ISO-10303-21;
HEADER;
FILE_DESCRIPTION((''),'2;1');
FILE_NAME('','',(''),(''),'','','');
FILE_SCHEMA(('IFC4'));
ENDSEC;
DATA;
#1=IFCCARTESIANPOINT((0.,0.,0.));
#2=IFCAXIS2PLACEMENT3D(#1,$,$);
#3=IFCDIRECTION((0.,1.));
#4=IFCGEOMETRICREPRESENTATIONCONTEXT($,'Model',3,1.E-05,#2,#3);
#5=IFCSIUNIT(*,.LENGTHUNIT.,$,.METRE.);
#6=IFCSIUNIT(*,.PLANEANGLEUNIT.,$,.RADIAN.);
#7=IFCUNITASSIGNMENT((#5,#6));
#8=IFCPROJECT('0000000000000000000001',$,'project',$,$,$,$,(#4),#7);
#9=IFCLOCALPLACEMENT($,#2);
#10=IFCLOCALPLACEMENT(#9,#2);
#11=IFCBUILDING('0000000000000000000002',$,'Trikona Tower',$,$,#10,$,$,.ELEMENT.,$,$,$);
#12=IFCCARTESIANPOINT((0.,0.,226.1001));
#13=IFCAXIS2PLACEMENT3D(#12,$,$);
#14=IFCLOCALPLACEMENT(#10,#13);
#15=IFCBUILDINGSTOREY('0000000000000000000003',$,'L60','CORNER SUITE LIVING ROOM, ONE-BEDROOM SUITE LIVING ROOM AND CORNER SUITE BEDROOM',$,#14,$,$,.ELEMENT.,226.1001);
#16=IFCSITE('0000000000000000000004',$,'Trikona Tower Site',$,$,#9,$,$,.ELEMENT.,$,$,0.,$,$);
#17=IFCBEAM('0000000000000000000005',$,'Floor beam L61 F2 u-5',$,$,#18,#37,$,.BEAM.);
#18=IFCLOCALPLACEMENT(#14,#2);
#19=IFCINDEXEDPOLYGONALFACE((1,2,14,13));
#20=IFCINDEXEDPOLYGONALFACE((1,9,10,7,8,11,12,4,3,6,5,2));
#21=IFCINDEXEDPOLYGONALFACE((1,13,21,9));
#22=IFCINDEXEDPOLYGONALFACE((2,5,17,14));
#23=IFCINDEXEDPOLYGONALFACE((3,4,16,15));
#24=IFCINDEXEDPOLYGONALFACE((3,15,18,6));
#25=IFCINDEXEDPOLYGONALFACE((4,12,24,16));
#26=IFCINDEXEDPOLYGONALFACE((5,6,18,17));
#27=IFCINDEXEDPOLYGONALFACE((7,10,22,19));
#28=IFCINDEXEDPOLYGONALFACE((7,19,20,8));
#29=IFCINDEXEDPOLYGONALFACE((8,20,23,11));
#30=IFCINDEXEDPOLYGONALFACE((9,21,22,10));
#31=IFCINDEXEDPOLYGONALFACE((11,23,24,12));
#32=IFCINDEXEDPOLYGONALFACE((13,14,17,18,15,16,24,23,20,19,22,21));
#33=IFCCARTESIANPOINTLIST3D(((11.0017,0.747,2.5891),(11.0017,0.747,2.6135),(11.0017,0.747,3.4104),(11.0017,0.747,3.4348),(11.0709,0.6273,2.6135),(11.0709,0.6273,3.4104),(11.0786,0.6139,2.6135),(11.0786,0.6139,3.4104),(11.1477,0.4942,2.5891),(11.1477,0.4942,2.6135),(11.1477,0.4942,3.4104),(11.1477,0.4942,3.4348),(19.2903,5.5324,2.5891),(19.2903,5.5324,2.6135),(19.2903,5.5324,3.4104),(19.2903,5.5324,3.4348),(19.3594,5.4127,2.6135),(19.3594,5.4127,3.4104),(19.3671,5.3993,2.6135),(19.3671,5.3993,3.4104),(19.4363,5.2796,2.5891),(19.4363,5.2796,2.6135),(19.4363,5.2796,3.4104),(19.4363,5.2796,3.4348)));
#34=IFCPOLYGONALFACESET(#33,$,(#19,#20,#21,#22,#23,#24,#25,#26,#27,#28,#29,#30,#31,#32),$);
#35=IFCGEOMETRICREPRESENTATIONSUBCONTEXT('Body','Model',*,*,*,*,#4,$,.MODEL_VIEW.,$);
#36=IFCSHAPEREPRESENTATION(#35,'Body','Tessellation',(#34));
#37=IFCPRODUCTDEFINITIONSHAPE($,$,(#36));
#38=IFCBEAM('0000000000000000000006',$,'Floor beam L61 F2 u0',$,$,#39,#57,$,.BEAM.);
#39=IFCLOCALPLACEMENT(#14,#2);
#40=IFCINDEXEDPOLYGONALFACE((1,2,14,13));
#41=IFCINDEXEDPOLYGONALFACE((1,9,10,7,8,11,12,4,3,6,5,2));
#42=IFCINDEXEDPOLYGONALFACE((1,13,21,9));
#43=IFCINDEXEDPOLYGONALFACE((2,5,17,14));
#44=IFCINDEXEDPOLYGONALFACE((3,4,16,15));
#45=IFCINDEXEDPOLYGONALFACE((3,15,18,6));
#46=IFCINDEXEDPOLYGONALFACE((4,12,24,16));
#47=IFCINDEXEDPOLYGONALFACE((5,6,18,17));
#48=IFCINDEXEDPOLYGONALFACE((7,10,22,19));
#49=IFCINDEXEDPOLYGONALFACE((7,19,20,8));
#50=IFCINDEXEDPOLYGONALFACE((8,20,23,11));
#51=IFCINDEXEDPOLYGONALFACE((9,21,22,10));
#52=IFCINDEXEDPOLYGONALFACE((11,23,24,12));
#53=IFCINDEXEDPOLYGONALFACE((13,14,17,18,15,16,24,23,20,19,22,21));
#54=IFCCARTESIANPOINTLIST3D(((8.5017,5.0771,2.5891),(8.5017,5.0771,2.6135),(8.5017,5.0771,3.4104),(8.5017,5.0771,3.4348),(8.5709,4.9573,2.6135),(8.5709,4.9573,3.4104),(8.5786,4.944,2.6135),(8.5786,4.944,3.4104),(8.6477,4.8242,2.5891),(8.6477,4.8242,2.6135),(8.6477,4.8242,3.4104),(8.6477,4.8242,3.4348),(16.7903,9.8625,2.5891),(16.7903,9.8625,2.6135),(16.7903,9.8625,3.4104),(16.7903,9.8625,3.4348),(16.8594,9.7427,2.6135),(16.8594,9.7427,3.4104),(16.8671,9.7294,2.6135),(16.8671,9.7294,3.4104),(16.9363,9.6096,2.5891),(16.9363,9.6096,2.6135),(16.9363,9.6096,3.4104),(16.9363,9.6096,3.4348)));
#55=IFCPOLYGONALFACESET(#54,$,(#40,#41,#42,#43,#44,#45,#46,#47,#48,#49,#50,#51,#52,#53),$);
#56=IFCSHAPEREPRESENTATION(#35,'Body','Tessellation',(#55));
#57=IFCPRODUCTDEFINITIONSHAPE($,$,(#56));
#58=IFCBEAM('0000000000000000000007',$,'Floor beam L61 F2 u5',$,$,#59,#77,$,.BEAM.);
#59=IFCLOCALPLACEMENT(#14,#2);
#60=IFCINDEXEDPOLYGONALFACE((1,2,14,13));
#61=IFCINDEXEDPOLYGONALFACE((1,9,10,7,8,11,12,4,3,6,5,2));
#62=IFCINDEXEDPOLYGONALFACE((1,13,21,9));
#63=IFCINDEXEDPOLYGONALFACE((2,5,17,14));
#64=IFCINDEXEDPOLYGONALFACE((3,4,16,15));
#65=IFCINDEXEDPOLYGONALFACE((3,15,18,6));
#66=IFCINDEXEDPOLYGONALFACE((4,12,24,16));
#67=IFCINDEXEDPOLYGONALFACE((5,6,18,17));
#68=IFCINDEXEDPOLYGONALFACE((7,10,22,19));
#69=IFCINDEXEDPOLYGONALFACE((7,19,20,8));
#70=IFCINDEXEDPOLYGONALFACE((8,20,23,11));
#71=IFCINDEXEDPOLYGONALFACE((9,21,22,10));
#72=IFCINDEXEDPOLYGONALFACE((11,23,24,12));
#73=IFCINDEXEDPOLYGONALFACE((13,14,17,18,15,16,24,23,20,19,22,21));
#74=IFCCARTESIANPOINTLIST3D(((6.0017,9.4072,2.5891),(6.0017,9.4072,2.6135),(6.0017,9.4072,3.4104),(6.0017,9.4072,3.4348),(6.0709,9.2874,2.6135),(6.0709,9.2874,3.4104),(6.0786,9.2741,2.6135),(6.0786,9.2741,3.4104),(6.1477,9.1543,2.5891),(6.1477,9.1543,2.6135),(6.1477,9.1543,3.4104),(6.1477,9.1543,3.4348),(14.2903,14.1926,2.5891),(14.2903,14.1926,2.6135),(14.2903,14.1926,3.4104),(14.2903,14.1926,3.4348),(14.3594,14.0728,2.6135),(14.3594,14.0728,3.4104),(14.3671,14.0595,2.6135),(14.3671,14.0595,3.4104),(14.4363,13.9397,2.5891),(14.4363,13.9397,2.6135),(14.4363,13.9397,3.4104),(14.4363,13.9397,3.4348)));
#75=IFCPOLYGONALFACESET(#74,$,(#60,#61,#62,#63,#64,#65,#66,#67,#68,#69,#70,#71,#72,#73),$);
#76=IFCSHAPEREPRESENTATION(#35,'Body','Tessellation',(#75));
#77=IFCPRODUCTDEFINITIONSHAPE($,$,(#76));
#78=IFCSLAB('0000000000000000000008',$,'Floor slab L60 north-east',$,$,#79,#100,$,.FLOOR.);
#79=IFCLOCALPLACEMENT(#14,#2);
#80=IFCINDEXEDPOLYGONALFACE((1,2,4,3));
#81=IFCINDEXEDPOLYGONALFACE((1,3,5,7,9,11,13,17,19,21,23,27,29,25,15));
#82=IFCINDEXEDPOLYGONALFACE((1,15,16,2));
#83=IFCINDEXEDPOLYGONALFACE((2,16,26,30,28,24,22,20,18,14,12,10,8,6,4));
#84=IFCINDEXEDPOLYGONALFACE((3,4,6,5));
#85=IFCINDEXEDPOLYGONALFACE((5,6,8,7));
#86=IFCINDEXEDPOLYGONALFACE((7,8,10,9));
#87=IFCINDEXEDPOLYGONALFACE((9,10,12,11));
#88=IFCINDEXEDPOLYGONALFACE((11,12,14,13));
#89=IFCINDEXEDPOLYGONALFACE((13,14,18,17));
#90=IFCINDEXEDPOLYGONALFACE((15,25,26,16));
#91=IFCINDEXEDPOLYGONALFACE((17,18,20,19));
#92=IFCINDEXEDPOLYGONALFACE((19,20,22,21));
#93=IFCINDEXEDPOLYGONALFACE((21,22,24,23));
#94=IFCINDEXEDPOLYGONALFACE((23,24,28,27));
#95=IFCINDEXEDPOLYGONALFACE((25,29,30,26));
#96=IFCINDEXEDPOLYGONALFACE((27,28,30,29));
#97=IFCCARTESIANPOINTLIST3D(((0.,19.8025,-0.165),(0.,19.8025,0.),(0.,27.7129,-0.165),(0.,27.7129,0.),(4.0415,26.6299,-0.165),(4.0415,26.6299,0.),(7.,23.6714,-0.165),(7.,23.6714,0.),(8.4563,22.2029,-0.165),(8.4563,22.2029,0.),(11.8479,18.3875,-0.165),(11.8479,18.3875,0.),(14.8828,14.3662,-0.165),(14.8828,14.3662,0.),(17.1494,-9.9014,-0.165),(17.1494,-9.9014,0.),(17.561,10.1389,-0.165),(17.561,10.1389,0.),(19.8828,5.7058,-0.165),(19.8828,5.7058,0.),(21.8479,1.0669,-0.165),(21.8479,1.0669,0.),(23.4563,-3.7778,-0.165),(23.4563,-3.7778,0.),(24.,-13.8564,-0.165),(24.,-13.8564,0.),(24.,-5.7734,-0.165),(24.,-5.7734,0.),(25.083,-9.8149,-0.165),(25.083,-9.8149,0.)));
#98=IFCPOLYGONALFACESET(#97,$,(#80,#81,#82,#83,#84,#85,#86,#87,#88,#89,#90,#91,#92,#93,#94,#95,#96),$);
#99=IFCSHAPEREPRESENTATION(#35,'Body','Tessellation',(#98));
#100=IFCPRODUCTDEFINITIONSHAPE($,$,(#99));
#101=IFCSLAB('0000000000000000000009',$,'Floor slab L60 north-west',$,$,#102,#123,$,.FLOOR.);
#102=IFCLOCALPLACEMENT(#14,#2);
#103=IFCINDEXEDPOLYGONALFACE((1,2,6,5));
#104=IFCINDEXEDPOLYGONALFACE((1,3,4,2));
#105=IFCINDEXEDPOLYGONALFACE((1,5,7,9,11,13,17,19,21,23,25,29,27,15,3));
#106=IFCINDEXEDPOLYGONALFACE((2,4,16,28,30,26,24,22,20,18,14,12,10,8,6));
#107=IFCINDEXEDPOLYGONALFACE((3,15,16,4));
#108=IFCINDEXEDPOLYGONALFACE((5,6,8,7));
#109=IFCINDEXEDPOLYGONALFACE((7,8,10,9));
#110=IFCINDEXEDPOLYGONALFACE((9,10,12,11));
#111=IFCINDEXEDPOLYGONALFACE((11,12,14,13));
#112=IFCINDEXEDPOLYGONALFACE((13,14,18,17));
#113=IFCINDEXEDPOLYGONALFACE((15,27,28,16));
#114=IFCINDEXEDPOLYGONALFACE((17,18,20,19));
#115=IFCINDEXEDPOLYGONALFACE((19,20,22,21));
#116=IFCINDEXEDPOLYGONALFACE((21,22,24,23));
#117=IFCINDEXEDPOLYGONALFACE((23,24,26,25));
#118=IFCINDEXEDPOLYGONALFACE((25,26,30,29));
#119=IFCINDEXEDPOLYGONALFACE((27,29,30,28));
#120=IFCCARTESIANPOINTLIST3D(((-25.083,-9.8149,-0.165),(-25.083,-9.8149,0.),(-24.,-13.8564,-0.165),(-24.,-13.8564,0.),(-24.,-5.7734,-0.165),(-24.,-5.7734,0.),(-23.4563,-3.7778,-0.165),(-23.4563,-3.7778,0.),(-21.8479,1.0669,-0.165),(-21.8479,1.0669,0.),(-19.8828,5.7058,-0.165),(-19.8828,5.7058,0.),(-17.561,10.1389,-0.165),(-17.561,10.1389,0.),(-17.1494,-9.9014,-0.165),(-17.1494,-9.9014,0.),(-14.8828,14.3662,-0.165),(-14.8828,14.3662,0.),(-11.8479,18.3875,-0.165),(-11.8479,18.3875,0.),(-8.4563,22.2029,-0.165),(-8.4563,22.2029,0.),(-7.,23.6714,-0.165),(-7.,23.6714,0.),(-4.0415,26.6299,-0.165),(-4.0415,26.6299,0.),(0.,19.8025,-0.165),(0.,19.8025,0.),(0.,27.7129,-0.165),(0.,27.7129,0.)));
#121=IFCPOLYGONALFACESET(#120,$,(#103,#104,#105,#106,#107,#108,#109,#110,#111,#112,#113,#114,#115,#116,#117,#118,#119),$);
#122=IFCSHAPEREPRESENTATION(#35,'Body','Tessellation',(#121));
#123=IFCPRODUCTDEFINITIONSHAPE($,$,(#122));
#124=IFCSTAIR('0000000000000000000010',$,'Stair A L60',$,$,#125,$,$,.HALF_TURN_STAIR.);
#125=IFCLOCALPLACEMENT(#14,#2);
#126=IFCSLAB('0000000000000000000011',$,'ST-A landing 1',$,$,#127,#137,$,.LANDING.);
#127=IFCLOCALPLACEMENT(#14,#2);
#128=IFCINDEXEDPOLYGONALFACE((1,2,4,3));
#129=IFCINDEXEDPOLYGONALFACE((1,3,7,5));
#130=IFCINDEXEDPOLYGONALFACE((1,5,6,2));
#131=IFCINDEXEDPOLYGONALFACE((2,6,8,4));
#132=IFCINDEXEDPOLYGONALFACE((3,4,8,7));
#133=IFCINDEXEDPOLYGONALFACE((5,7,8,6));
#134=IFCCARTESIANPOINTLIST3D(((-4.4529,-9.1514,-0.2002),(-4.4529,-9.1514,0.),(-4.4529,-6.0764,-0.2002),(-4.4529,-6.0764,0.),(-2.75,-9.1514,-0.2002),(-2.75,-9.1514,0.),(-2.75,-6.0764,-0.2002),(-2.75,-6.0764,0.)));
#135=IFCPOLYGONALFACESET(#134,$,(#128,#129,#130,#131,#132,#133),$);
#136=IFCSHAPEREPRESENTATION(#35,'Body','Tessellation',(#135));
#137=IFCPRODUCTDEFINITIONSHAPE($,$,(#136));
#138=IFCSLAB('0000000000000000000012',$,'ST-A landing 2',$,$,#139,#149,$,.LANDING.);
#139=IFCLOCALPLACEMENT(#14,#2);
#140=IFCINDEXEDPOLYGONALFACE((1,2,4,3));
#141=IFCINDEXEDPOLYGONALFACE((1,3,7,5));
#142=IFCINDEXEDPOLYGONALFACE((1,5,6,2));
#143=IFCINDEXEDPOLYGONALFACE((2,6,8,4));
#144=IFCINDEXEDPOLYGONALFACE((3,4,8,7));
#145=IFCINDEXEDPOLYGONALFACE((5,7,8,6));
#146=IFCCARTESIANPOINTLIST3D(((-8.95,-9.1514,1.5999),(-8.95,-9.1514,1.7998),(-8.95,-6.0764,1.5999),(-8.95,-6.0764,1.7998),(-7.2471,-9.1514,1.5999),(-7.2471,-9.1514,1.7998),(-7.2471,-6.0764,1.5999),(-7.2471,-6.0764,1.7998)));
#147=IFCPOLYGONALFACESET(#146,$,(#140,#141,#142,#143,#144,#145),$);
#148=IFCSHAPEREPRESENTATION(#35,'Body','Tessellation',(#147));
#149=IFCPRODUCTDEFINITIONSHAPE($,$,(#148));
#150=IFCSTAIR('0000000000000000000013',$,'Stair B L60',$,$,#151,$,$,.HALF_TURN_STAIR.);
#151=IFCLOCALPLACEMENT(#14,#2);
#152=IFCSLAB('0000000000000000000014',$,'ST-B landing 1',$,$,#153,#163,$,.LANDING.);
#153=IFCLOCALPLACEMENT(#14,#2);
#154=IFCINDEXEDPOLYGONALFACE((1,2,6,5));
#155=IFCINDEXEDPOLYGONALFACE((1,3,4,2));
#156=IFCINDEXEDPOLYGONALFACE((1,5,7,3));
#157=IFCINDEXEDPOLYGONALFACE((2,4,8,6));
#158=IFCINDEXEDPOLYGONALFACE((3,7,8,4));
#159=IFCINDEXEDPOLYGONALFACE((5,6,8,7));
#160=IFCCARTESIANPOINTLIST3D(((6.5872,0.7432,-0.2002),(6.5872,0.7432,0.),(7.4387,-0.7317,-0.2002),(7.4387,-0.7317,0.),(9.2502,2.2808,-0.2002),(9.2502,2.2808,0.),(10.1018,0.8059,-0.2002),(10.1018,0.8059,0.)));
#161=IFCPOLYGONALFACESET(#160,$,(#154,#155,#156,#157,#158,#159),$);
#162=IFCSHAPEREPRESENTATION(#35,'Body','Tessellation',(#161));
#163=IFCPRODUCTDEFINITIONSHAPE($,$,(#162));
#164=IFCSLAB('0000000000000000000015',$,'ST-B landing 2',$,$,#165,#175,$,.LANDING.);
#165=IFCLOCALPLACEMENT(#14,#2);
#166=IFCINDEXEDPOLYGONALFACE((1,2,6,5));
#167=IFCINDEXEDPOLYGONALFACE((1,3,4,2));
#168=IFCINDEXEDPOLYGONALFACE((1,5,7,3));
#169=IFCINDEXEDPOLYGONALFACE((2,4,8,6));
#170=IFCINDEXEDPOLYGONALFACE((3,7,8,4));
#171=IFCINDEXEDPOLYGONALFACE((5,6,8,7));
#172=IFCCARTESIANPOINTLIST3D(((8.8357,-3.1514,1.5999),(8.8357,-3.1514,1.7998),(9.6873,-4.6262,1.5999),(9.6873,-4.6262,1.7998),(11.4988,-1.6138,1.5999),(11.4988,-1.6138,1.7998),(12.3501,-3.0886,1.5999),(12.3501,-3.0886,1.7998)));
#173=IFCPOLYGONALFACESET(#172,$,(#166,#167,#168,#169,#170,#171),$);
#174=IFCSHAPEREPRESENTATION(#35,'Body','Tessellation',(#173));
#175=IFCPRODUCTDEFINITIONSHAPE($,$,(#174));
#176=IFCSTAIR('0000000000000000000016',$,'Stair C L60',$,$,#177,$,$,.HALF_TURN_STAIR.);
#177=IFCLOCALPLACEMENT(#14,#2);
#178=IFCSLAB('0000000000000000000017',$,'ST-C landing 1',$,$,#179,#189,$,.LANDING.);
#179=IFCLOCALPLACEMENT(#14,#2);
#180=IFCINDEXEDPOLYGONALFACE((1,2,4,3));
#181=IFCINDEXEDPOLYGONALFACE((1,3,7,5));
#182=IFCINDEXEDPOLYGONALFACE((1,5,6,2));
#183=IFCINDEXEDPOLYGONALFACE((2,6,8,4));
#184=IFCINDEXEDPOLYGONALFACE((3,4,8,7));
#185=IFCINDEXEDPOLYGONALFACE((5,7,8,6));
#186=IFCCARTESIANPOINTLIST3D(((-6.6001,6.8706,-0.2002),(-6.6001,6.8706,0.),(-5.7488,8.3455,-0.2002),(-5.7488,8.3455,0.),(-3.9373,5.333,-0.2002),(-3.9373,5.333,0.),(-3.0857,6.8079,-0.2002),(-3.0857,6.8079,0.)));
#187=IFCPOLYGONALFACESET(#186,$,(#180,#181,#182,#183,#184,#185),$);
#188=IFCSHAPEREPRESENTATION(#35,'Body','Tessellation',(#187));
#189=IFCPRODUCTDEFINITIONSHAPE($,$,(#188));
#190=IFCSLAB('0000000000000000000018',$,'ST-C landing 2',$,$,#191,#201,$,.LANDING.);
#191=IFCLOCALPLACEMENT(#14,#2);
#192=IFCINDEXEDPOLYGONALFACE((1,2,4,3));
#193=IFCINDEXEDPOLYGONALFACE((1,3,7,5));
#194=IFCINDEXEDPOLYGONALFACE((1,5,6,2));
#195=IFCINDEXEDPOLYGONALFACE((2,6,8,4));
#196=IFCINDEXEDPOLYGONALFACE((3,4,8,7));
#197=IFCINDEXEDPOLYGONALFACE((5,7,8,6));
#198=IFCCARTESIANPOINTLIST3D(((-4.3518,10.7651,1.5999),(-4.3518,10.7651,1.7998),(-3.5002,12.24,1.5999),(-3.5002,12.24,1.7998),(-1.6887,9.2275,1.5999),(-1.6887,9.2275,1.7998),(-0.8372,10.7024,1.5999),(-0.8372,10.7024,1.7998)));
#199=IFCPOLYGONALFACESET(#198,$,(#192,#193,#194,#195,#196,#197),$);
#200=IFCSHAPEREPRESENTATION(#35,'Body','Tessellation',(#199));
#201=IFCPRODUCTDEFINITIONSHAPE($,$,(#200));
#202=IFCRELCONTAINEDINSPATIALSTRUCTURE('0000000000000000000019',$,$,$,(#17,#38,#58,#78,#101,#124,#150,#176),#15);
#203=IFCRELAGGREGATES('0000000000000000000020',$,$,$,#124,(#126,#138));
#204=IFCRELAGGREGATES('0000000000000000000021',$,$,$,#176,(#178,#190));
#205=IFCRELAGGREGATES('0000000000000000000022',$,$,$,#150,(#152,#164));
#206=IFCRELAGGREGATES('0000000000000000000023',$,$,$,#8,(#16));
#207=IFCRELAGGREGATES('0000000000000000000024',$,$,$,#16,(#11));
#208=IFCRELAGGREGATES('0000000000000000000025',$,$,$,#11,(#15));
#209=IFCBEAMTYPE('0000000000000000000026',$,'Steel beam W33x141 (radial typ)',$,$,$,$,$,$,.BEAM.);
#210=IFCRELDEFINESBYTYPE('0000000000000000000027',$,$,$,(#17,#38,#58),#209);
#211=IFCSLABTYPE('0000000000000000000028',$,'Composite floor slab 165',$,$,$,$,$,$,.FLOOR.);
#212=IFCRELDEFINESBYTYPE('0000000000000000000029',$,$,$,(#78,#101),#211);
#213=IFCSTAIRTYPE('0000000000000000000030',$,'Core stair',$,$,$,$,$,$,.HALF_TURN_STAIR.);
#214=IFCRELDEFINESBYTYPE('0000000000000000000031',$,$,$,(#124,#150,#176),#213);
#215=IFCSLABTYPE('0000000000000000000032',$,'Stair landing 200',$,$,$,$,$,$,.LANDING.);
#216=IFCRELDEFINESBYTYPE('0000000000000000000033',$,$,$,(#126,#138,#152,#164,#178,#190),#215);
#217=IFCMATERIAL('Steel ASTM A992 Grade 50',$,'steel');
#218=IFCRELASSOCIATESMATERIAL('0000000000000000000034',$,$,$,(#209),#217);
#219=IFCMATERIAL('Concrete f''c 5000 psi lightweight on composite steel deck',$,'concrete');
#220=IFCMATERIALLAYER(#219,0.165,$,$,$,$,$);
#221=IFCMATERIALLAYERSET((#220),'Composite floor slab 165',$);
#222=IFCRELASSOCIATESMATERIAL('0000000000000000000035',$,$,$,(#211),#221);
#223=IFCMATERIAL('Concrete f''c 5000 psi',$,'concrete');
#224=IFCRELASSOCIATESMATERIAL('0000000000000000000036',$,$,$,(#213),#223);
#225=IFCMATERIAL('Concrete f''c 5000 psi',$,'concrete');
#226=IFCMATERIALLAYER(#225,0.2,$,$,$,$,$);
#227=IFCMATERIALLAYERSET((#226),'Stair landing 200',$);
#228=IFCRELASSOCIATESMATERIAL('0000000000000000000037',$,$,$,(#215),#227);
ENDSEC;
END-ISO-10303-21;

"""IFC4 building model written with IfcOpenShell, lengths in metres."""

from ifc_helpers import new_model, si_unit, direction, frame, origin, origin_2d, place, context, subcontext, project, spatial, polyline, i_section, outline, extrude, material, layer, layer_set, material_profile, profile_set, type_object, element, aggregate, save


model = new_model("IFC4")

# Units and contexts
model_context = context("Model", 3, precision=1e-05, world=origin(), true_north=direction((0.0, 1.0)))
body_context = subcontext(model_context, "Body", "Model", "MODEL_VIEW")
ifc_project = project(units=[si_unit("LENGTHUNIT", "METRE"), si_unit("PLANEANGLEUNIT", "RADIAN")], contexts=[model_context])

# Site, building, storey
site_placement = place(None, origin())
site = spatial("IfcSite", under=ifc_project, at=site_placement, Name="Trikona Tower Site", CompositionType="ELEMENT", RefElevation=0.0)
building_placement = place(site_placement, origin())
building = spatial("IfcBuilding", under=site, at=building_placement, Name="Trikona Tower", CompositionType="ELEMENT")
storey_placement = place(building_placement, frame((0.0, 0.0, 226.1001)))
storey = spatial("IfcBuildingStorey", under=building, at=storey_placement, Name="L60", Description="CORNER SUITE LIVING ROOM, ONE-BEDROOM SUITE LIVING ROOM AND CORNER SUITE BEDROOM", CompositionType="ELEMENT", Elevation=226.1001)

# Beams
ifc_material_1 = material(Name="Steel ASTM A992 Grade 50", Category="steel")
ifc_material_profile = material_profile(ifc_material_1, i_section(OverallWidth=0.292, OverallDepth=0.8457, WebThickness=0.0154, FlangeThickness=0.0244, at=origin_2d()), Name="W33X141")
ifc_profile_set = profile_set([ifc_material_profile], Name="Steel ASTM A992 Grade 50")
beam_type = type_object("IfcBeamType", Name="Steel beam W33x141 (radial typ)", PredefinedType="BEAM", material=ifc_profile_set)
for number, where, z_axis, x_axis, name in (
    (1, (11.0747, 0.6206, 3.012), (0.866026, 0.499999, 0.0), (-0.499999, 0.866026, 0.0), "Floor beam L61 F2 u-5"),
    (2, (8.5747, 4.9507, 3.012), (0.866026, 0.499999, 0.0), (-0.499999, 0.866026, 0.0), "Floor beam L61 F2 u0"),
    (3, (6.0747, 9.2808, 3.012), (0.866026, 0.499999, 0.0), (-0.499999, 0.866026, 0.0), "Floor beam L61 F2 u5"),
):
    element("IfcBeam", number, at=place(storey_placement, frame(where, z_axis=z_axis, x_axis=x_axis)), inside=storey, type_object=beam_type, Name=name, PredefinedType="BEAM", context=body_context, shape_type="SweptSolid", body=[
        extrude(i_section(OverallWidth=0.292, OverallDepth=0.8457, WebThickness=0.0154, FlangeThickness=0.0244, at=origin_2d()), origin(), (0.0, 0.0, 1.0), 9.5708),
    ])

# Slabs
ifc_material_2 = material(Name="Concrete f'c 5000 psi lightweight on composite steel deck", Category="concrete")
ifc_layer_1 = layer(ifc_material_2, 0.165)
ifc_layer_set_1 = layer_set([ifc_layer_1], Name="Composite floor slab 165")
slab_type_1 = type_object("IfcSlabType", Name="Composite floor slab 165", PredefinedType="FLOOR", material=ifc_layer_set_1)
slab_1_placement = place(storey_placement, frame((0.0, 0.0, -0.165)))
element("IfcSlab", 4, at=slab_1_placement, inside=storey, type_object=slab_type_1, Name="Floor slab L60 north-east", PredefinedType="FLOOR", context=body_context, shape_type="SweptSolid", body=[
    extrude(outline(polyline([(4.0415, 26.6299), (0.0, 27.7129), (0.0, 19.8025), (17.1494, -9.9014), (24.0, -13.8564), (25.083, -9.8149), (24.0, -5.7734), (23.4563, -3.7778), (21.8479, 1.0669), (19.8828, 5.7058), (17.561, 10.1389), (14.8828, 14.3662), (11.8479, 18.3875), (8.4563, 22.2029), (7.0, 23.6714), (4.0415, 26.6299)])), origin(), (0.0, 0.0, 1.0), 0.165),
])
slab_2_placement = place(storey_placement, frame((0.0, 0.0, -0.165)))
element("IfcSlab", 5, at=slab_2_placement, inside=storey, type_object=slab_type_1, Name="Floor slab L60 north-west", PredefinedType="FLOOR", context=body_context, shape_type="SweptSolid", body=[
    extrude(outline(polyline([(-7.0, 23.6714), (-8.4563, 22.2029), (-11.8479, 18.3875), (-14.8828, 14.3662), (-17.561, 10.1389), (-19.8828, 5.7058), (-21.8479, 1.0669), (-23.4563, -3.7778), (-24.0, -5.7734), (-25.083, -9.8149), (-24.0, -13.8564), (-17.1494, -9.9014), (0.0, 19.8025), (0.0, 27.7129), (-4.0415, 26.6299), (-7.0, 23.6714)])), origin(), (0.0, 0.0, 1.0), 0.165),
])

# Stairs, slabs
ifc_material_3 = material(Name="Concrete f'c 5000 psi", Category="concrete")
stair_type = type_object("IfcStairType", Name="Core stair", PredefinedType="HALF_TURN_STAIR", material=ifc_material_3)
stair_1_placement = place(storey_placement, origin())
stair_1 = element("IfcStair", 6, at=stair_1_placement, inside=storey, type_object=stair_type, Name="Stair A L60", PredefinedType="HALF_TURN_STAIR")
ifc_material_4 = material(Name="Concrete f'c 5000 psi", Category="concrete")
ifc_layer_2 = layer(ifc_material_4, 0.2)
ifc_layer_set_2 = layer_set([ifc_layer_2], Name="Stair landing 200")
slab_type_2 = type_object("IfcSlabType", Name="Stair landing 200", PredefinedType="LANDING", material=ifc_layer_set_2)
slab_3_placement = place(storey_placement, frame((0.0, 0.0, -0.2002)))
slab_3 = element("IfcSlab", 7, at=slab_3_placement, type_object=slab_type_2, Name="ST-A landing 1", PredefinedType="LANDING", context=body_context, shape_type="SweptSolid", body=[
    extrude(outline(polyline([(-4.4529, -6.0764), (-2.75, -6.0764), (-2.75, -9.1514), (-4.4529, -9.1514), (-4.4529, -6.0764)])), origin(), (0.0, 0.0, 1.0), 0.2002),
])
slab_4_placement = place(storey_placement, frame((0.0, 0.0, 1.5999)))
slab_4 = element("IfcSlab", 8, at=slab_4_placement, type_object=slab_type_2, Name="ST-A landing 2", PredefinedType="LANDING", context=body_context, shape_type="SweptSolid", body=[
    extrude(outline(polyline([(-8.95, -6.0764), (-7.2471, -6.0764), (-7.2471, -9.1514), (-8.95, -9.1514), (-8.95, -6.0764)])), origin(), (0.0, 0.0, 1.0), 0.2),
])
aggregate(stair_1, [slab_3, slab_4])
stair_2_placement = place(storey_placement, origin())
stair_2 = element("IfcStair", 9, at=stair_2_placement, inside=storey, type_object=stair_type, Name="Stair B L60", PredefinedType="HALF_TURN_STAIR")
slab_5_placement = place(storey_placement, frame((0.0, 0.0, -0.2002)))
slab_5 = element("IfcSlab", 10, at=slab_5_placement, type_object=slab_type_2, Name="ST-B landing 1", PredefinedType="LANDING", context=body_context, shape_type="SweptSolid", body=[
    extrude(outline(polyline([(7.4387, -0.7317), (6.5872, 0.7432), (9.2502, 2.2808), (10.1018, 0.8059), (7.4387, -0.7317)])), origin(), (0.0, 0.0, 1.0), 0.2002),
])
slab_6_placement = place(storey_placement, frame((0.0, 0.0, 1.5999)))
slab_6 = element("IfcSlab", 11, at=slab_6_placement, type_object=slab_type_2, Name="ST-B landing 2", PredefinedType="LANDING", context=body_context, shape_type="SweptSolid", body=[
    extrude(outline(polyline([(9.6873, -4.6262), (8.8357, -3.1514), (11.4988, -1.6138), (12.3501, -3.0886), (9.6873, -4.6262)])), origin(), (0.0, 0.0, 1.0), 0.2),
])
stair_3_placement = place(storey_placement, origin())
stair_3 = element("IfcStair", 12, at=stair_3_placement, inside=storey, type_object=stair_type, Name="Stair C L60", PredefinedType="HALF_TURN_STAIR")
slab_7_placement = place(storey_placement, frame((0.0, 0.0, -0.2002)))
slab_7 = element("IfcSlab", 13, at=slab_7_placement, type_object=slab_type_2, Name="ST-C landing 1", PredefinedType="LANDING", context=body_context, shape_type="SweptSolid", body=[
    extrude(outline(polyline([(-3.0857, 6.8079), (-3.9373, 5.333), (-6.6001, 6.8706), (-5.7488, 8.3455), (-3.0857, 6.8079)])), origin(), (0.0, 0.0, 1.0), 0.2002),
])
slab_8_placement = place(storey_placement, frame((0.0, 0.0, 1.5999)))
slab_8 = element("IfcSlab", 14, at=slab_8_placement, type_object=slab_type_2, Name="ST-C landing 2", PredefinedType="LANDING", context=body_context, shape_type="SweptSolid", body=[
    extrude(outline(polyline([(-0.8372, 10.7024), (-1.6887, 9.2275), (-4.3518, 10.7651), (-3.5002, 12.24), (-0.8372, 10.7024)])), origin(), (0.0, 0.0, 1.0), 0.2),
])
aggregate(stair_3, [slab_7, slab_8])

aggregate(stair_2, [slab_5, slab_6])

save(model, "model.ifc")
